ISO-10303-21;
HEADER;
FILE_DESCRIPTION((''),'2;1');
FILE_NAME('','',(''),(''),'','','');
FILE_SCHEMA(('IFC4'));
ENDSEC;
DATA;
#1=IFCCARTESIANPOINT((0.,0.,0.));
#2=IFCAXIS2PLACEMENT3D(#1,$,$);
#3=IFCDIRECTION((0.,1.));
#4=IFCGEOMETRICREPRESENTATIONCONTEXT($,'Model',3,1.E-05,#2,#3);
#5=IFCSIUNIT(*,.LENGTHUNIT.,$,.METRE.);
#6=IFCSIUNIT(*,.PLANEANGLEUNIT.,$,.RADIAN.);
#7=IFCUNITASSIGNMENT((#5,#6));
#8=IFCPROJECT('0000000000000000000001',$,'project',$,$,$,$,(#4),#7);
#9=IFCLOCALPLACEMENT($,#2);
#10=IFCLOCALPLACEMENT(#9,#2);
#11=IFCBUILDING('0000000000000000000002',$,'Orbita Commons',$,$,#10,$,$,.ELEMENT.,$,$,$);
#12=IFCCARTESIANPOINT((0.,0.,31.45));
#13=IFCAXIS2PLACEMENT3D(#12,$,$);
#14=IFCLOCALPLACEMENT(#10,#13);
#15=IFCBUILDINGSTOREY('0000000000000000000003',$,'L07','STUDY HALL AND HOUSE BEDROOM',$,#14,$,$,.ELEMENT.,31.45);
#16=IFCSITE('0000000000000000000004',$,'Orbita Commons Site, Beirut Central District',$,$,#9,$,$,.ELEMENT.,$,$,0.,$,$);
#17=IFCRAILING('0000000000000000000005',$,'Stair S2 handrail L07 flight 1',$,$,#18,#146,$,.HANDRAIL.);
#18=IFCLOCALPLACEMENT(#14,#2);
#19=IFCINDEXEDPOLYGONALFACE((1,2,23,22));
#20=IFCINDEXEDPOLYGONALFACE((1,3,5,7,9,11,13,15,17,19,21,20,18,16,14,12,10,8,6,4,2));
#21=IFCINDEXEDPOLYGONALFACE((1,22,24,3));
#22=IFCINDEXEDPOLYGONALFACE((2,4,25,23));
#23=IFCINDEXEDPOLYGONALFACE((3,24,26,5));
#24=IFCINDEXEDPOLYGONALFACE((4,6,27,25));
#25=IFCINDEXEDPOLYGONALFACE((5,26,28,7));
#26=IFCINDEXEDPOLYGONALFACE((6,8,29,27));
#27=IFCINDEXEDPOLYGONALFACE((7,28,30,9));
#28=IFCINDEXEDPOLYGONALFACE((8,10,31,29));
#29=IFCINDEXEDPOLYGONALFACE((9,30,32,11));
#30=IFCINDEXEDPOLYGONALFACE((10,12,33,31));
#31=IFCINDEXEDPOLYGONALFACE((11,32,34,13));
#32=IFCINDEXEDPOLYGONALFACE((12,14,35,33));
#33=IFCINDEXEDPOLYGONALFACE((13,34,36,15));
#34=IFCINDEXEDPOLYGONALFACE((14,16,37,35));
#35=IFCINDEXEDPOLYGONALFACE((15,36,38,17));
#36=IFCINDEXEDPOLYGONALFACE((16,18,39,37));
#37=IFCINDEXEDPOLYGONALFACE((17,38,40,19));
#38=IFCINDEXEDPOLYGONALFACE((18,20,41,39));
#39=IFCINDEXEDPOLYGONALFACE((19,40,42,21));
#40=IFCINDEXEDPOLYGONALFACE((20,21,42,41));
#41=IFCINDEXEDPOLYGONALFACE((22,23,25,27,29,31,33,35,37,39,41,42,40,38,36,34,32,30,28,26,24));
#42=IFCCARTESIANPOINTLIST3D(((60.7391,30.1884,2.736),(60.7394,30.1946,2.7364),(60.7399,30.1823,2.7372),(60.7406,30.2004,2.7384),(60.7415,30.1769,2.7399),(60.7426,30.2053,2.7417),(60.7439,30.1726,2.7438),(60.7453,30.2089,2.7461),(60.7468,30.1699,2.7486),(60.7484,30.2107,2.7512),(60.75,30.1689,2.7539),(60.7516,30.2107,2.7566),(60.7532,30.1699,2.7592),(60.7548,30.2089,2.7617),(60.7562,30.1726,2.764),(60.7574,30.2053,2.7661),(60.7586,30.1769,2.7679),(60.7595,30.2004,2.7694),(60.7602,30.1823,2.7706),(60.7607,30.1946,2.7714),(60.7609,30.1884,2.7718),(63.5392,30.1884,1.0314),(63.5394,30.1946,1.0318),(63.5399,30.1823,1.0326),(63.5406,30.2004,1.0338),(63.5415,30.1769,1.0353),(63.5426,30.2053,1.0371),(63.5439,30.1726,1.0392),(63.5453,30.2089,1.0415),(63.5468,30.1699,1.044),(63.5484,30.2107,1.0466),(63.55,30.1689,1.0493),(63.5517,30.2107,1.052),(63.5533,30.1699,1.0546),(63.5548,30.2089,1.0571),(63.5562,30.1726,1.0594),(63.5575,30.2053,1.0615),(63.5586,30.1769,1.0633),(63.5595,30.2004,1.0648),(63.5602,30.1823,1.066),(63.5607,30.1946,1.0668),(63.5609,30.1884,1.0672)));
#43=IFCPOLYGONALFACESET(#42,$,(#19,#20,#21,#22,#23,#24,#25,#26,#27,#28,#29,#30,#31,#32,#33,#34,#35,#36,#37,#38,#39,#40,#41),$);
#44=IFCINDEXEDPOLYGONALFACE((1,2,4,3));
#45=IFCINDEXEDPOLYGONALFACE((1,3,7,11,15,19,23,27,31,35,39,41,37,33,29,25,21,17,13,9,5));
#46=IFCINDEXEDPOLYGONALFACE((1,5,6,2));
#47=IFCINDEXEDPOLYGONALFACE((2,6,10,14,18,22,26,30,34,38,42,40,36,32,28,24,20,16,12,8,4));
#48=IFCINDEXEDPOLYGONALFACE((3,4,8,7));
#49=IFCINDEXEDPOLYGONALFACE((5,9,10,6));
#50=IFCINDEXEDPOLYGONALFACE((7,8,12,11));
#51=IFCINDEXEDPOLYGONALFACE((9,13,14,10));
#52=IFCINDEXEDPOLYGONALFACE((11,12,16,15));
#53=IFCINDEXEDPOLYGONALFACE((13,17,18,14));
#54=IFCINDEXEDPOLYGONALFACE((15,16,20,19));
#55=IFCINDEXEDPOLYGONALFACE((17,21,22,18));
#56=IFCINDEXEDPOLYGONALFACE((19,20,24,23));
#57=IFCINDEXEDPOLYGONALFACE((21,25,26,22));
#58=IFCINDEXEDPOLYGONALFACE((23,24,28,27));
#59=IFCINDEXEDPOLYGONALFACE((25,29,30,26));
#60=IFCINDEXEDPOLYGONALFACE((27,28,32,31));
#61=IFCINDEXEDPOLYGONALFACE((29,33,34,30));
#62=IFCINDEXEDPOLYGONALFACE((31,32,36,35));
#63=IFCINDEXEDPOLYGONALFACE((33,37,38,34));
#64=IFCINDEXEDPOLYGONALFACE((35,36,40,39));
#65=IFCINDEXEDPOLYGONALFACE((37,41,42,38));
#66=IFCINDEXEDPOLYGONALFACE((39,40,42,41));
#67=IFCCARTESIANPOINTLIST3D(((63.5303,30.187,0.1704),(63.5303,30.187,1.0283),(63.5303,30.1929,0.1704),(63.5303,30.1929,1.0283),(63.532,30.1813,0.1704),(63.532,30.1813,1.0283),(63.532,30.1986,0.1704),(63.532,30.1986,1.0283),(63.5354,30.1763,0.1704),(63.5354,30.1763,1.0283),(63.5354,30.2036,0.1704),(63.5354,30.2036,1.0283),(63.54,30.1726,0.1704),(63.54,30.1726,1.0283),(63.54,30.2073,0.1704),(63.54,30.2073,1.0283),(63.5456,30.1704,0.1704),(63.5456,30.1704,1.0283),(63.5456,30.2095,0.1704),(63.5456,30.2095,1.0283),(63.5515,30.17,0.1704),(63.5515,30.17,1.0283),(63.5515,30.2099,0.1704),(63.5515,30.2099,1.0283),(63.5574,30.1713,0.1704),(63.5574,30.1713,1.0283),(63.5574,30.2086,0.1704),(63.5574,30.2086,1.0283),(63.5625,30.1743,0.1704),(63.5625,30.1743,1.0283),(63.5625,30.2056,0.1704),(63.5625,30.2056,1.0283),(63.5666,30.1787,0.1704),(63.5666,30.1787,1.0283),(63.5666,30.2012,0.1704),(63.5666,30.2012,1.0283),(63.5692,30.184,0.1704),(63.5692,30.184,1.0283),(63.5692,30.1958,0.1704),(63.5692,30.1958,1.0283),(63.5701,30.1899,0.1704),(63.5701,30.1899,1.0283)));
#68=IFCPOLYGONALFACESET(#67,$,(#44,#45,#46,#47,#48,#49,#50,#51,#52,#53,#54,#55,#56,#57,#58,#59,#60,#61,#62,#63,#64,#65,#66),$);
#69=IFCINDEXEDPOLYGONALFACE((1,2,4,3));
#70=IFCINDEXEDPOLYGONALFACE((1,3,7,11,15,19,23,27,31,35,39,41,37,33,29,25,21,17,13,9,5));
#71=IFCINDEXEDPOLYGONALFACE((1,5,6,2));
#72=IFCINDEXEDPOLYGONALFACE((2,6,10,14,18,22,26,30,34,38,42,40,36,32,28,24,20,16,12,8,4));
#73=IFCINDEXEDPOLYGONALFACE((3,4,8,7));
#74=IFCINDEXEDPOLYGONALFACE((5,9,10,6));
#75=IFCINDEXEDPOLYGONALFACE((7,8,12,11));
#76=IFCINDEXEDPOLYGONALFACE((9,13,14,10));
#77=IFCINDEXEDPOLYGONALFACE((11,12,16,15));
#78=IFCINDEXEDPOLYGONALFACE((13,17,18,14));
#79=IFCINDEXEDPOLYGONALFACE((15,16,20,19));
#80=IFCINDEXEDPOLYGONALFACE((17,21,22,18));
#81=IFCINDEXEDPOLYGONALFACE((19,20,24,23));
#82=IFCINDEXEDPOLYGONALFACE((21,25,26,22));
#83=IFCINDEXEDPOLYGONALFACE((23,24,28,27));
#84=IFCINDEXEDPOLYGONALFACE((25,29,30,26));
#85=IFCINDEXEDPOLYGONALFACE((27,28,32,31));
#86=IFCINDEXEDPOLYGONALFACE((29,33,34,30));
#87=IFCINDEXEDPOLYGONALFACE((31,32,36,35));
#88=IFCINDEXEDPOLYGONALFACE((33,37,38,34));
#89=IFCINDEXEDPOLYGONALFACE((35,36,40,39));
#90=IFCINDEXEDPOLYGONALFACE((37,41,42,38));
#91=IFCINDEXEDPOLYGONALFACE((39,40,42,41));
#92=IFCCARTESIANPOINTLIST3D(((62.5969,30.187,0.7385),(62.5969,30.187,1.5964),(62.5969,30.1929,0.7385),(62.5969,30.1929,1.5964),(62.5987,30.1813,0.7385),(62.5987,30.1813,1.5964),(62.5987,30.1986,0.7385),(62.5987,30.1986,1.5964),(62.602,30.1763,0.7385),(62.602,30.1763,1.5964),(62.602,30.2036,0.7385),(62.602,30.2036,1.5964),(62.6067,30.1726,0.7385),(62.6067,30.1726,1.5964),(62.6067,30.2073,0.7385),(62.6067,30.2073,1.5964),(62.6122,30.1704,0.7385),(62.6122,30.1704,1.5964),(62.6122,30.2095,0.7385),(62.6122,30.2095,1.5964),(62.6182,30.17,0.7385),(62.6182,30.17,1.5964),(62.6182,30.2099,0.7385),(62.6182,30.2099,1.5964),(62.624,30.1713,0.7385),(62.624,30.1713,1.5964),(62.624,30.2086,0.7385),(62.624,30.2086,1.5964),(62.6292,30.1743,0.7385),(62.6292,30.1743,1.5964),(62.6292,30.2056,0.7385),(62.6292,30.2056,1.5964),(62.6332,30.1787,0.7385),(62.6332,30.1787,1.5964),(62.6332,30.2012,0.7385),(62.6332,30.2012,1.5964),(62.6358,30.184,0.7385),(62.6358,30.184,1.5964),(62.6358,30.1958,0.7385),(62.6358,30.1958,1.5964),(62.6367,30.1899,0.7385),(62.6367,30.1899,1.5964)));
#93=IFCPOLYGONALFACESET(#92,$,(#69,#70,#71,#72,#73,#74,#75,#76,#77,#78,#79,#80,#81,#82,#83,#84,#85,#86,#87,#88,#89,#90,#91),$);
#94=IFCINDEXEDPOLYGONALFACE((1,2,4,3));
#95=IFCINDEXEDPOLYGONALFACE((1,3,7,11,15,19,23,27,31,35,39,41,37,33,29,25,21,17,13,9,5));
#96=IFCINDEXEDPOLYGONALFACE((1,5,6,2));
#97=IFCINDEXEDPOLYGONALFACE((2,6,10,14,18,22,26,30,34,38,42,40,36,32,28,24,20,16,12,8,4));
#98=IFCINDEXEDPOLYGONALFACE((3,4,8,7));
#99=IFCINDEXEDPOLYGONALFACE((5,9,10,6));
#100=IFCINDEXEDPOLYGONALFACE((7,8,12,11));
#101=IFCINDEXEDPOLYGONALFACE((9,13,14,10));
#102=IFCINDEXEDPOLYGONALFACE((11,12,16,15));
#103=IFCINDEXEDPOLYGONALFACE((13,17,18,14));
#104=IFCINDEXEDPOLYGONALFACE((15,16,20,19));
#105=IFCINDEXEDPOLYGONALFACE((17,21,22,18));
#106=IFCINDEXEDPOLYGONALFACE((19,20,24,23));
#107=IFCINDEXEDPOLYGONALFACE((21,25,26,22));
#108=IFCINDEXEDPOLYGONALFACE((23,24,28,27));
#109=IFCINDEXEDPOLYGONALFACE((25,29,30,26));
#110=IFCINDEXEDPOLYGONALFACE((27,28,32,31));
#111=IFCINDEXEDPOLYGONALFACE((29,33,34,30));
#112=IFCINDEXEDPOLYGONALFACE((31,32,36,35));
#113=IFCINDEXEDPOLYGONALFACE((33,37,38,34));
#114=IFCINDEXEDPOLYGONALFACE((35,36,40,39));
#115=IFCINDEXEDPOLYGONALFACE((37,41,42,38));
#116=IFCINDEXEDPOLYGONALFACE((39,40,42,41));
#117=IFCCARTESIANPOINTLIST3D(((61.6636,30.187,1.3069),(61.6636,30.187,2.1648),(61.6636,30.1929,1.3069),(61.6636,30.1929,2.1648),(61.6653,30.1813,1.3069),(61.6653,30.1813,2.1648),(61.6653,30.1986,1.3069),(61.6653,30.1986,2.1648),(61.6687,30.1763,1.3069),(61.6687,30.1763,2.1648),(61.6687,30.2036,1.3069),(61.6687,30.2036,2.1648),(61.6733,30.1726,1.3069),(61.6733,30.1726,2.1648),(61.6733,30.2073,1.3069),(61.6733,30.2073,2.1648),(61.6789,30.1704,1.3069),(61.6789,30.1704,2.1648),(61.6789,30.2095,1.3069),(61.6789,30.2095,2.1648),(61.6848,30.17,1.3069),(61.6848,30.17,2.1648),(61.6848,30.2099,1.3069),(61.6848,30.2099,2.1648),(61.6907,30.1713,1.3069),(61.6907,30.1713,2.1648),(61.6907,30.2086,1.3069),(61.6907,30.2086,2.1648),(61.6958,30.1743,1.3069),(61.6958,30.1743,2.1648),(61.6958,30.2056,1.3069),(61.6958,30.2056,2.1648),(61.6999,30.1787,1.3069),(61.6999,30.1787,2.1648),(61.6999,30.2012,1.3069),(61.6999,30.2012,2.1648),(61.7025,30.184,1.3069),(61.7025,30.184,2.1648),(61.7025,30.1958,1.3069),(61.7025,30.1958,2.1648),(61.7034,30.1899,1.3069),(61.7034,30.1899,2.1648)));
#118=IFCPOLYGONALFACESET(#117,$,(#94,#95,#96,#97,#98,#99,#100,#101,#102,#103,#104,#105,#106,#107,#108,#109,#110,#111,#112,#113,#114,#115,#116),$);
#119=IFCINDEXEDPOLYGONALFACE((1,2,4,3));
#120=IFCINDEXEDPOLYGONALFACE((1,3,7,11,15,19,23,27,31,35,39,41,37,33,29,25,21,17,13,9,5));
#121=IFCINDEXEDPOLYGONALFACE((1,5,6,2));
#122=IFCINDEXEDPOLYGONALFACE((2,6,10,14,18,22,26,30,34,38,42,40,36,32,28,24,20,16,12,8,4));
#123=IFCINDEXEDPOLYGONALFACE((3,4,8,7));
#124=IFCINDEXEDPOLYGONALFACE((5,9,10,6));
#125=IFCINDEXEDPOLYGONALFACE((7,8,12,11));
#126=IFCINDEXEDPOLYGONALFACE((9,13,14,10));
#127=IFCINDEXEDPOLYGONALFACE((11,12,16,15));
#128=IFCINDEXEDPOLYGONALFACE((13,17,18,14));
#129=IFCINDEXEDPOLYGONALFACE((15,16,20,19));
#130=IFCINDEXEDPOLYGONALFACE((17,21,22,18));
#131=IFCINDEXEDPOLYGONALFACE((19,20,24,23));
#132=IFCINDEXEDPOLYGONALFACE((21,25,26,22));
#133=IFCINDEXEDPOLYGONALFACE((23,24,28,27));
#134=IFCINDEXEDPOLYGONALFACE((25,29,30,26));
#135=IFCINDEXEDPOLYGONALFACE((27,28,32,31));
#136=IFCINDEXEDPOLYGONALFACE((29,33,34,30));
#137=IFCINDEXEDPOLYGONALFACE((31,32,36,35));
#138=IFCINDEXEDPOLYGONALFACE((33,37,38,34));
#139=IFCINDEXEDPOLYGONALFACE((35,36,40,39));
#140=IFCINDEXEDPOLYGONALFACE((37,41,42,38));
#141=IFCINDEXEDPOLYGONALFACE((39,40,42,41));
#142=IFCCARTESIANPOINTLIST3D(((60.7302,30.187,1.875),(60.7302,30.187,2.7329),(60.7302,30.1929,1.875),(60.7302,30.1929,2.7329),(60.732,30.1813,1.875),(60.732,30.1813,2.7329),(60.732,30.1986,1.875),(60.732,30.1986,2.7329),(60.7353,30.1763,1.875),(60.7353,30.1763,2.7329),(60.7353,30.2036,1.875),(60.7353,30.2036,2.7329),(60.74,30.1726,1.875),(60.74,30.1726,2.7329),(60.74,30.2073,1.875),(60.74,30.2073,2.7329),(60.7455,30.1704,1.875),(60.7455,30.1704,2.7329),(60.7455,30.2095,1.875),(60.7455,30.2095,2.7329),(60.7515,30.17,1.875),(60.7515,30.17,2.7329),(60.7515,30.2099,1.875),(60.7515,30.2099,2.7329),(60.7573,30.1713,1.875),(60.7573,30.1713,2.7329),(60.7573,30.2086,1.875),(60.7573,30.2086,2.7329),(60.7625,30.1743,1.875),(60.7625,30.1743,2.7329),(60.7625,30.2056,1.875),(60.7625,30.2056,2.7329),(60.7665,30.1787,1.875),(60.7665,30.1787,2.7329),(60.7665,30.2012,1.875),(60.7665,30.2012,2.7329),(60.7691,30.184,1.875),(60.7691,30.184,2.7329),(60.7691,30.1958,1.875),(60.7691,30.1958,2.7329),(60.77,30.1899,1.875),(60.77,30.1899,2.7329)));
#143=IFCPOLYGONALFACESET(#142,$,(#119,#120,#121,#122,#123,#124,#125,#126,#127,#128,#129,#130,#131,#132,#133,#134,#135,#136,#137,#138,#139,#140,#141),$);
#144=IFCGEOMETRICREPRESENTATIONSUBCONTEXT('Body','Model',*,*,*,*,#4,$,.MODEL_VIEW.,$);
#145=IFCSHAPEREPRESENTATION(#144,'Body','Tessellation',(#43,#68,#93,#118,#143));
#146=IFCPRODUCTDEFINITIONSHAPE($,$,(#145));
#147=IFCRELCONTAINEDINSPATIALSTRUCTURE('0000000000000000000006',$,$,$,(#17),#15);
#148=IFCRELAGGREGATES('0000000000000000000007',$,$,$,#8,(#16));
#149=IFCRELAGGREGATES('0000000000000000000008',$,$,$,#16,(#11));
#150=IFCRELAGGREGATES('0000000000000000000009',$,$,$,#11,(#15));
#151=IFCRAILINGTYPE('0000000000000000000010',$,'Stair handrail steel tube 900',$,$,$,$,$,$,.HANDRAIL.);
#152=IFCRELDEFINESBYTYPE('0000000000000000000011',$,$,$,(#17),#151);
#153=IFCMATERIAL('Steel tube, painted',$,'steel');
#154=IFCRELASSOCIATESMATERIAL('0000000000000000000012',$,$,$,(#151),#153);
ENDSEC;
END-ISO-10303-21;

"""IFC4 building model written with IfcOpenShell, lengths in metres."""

from ifc_helpers import new_model, si_unit, direction, frame, origin, origin_2d, place, context, subcontext, project, spatial, circle, extrude, material, type_object, element, save


model = new_model("IFC4")

# Units and contexts
model_context = context("Model", 3, precision=1e-05, world=origin(), true_north=direction((0.0, 1.0)))
body_context = subcontext(model_context, "Body", "Model", "MODEL_VIEW")
ifc_project = project(units=[si_unit("LENGTHUNIT", "METRE"), si_unit("PLANEANGLEUNIT", "RADIAN")], contexts=[model_context])

# Site, building, storey
site_placement = place(None, origin())
site = spatial("IfcSite", under=ifc_project, at=site_placement, Name="Orbita Commons Site, Beirut Central District", CompositionType="ELEMENT", RefElevation=0.0)
building_placement = place(site_placement, origin())
building = spatial("IfcBuilding", under=site, at=building_placement, Name="Orbita Commons", CompositionType="ELEMENT")
storey_placement = place(building_placement, frame((0.0, 0.0, 31.45)))
storey = spatial("IfcBuildingStorey", under=building, at=storey_placement, Name="L07", Description="STUDY HALL AND HOUSE BEDROOM", CompositionType="ELEMENT", Elevation=31.45)

# Railing
ifc_material_1 = material(Name="Steel tube, painted", Category="steel")
railing_type = type_object("IfcRailingType", Name="Stair handrail steel tube 900", PredefinedType="HANDRAIL", material=ifc_material_1)
for number, where, name in (
    (1, (63.55, 30.1899, 0.1704), "Stair S2 handrail L07 flight 1"),
):
    element("IfcRailing", number, at=place(storey_placement, frame(where)), inside=storey, type_object=railing_type, Name=name, PredefinedType="HANDRAIL", context=body_context, shape_type="SweptSolid", body=[
        extrude(circle(Radius=0.021, at=origin_2d()), frame((0.0, 0.0, 0.8789), z_axis=(-0.85417, 0.0, 0.519994), x_axis=(0.0, -1.0, 0.0)), (0.0, 0.0, 1.0), 3.2781),
        extrude(circle(Radius=0.02, at=origin_2d()), origin(), (0.0, 0.0, 1.0), 0.8579),
        extrude(circle(Radius=0.02, at=origin_2d()), frame((-0.9333, 0.0, 0.5681)), (0.0, 0.0, 1.0), 0.8579),
        extrude(circle(Radius=0.02, at=origin_2d()), frame((-1.8667, 0.0, 1.1365)), (0.0, 0.0, 1.0), 0.8579),
        extrude(circle(Radius=0.02, at=origin_2d()), frame((-2.8, 0.0, 1.7046)), (0.0, 0.0, 1.0), 0.8579),
    ])

save(model, "model.ifc")
